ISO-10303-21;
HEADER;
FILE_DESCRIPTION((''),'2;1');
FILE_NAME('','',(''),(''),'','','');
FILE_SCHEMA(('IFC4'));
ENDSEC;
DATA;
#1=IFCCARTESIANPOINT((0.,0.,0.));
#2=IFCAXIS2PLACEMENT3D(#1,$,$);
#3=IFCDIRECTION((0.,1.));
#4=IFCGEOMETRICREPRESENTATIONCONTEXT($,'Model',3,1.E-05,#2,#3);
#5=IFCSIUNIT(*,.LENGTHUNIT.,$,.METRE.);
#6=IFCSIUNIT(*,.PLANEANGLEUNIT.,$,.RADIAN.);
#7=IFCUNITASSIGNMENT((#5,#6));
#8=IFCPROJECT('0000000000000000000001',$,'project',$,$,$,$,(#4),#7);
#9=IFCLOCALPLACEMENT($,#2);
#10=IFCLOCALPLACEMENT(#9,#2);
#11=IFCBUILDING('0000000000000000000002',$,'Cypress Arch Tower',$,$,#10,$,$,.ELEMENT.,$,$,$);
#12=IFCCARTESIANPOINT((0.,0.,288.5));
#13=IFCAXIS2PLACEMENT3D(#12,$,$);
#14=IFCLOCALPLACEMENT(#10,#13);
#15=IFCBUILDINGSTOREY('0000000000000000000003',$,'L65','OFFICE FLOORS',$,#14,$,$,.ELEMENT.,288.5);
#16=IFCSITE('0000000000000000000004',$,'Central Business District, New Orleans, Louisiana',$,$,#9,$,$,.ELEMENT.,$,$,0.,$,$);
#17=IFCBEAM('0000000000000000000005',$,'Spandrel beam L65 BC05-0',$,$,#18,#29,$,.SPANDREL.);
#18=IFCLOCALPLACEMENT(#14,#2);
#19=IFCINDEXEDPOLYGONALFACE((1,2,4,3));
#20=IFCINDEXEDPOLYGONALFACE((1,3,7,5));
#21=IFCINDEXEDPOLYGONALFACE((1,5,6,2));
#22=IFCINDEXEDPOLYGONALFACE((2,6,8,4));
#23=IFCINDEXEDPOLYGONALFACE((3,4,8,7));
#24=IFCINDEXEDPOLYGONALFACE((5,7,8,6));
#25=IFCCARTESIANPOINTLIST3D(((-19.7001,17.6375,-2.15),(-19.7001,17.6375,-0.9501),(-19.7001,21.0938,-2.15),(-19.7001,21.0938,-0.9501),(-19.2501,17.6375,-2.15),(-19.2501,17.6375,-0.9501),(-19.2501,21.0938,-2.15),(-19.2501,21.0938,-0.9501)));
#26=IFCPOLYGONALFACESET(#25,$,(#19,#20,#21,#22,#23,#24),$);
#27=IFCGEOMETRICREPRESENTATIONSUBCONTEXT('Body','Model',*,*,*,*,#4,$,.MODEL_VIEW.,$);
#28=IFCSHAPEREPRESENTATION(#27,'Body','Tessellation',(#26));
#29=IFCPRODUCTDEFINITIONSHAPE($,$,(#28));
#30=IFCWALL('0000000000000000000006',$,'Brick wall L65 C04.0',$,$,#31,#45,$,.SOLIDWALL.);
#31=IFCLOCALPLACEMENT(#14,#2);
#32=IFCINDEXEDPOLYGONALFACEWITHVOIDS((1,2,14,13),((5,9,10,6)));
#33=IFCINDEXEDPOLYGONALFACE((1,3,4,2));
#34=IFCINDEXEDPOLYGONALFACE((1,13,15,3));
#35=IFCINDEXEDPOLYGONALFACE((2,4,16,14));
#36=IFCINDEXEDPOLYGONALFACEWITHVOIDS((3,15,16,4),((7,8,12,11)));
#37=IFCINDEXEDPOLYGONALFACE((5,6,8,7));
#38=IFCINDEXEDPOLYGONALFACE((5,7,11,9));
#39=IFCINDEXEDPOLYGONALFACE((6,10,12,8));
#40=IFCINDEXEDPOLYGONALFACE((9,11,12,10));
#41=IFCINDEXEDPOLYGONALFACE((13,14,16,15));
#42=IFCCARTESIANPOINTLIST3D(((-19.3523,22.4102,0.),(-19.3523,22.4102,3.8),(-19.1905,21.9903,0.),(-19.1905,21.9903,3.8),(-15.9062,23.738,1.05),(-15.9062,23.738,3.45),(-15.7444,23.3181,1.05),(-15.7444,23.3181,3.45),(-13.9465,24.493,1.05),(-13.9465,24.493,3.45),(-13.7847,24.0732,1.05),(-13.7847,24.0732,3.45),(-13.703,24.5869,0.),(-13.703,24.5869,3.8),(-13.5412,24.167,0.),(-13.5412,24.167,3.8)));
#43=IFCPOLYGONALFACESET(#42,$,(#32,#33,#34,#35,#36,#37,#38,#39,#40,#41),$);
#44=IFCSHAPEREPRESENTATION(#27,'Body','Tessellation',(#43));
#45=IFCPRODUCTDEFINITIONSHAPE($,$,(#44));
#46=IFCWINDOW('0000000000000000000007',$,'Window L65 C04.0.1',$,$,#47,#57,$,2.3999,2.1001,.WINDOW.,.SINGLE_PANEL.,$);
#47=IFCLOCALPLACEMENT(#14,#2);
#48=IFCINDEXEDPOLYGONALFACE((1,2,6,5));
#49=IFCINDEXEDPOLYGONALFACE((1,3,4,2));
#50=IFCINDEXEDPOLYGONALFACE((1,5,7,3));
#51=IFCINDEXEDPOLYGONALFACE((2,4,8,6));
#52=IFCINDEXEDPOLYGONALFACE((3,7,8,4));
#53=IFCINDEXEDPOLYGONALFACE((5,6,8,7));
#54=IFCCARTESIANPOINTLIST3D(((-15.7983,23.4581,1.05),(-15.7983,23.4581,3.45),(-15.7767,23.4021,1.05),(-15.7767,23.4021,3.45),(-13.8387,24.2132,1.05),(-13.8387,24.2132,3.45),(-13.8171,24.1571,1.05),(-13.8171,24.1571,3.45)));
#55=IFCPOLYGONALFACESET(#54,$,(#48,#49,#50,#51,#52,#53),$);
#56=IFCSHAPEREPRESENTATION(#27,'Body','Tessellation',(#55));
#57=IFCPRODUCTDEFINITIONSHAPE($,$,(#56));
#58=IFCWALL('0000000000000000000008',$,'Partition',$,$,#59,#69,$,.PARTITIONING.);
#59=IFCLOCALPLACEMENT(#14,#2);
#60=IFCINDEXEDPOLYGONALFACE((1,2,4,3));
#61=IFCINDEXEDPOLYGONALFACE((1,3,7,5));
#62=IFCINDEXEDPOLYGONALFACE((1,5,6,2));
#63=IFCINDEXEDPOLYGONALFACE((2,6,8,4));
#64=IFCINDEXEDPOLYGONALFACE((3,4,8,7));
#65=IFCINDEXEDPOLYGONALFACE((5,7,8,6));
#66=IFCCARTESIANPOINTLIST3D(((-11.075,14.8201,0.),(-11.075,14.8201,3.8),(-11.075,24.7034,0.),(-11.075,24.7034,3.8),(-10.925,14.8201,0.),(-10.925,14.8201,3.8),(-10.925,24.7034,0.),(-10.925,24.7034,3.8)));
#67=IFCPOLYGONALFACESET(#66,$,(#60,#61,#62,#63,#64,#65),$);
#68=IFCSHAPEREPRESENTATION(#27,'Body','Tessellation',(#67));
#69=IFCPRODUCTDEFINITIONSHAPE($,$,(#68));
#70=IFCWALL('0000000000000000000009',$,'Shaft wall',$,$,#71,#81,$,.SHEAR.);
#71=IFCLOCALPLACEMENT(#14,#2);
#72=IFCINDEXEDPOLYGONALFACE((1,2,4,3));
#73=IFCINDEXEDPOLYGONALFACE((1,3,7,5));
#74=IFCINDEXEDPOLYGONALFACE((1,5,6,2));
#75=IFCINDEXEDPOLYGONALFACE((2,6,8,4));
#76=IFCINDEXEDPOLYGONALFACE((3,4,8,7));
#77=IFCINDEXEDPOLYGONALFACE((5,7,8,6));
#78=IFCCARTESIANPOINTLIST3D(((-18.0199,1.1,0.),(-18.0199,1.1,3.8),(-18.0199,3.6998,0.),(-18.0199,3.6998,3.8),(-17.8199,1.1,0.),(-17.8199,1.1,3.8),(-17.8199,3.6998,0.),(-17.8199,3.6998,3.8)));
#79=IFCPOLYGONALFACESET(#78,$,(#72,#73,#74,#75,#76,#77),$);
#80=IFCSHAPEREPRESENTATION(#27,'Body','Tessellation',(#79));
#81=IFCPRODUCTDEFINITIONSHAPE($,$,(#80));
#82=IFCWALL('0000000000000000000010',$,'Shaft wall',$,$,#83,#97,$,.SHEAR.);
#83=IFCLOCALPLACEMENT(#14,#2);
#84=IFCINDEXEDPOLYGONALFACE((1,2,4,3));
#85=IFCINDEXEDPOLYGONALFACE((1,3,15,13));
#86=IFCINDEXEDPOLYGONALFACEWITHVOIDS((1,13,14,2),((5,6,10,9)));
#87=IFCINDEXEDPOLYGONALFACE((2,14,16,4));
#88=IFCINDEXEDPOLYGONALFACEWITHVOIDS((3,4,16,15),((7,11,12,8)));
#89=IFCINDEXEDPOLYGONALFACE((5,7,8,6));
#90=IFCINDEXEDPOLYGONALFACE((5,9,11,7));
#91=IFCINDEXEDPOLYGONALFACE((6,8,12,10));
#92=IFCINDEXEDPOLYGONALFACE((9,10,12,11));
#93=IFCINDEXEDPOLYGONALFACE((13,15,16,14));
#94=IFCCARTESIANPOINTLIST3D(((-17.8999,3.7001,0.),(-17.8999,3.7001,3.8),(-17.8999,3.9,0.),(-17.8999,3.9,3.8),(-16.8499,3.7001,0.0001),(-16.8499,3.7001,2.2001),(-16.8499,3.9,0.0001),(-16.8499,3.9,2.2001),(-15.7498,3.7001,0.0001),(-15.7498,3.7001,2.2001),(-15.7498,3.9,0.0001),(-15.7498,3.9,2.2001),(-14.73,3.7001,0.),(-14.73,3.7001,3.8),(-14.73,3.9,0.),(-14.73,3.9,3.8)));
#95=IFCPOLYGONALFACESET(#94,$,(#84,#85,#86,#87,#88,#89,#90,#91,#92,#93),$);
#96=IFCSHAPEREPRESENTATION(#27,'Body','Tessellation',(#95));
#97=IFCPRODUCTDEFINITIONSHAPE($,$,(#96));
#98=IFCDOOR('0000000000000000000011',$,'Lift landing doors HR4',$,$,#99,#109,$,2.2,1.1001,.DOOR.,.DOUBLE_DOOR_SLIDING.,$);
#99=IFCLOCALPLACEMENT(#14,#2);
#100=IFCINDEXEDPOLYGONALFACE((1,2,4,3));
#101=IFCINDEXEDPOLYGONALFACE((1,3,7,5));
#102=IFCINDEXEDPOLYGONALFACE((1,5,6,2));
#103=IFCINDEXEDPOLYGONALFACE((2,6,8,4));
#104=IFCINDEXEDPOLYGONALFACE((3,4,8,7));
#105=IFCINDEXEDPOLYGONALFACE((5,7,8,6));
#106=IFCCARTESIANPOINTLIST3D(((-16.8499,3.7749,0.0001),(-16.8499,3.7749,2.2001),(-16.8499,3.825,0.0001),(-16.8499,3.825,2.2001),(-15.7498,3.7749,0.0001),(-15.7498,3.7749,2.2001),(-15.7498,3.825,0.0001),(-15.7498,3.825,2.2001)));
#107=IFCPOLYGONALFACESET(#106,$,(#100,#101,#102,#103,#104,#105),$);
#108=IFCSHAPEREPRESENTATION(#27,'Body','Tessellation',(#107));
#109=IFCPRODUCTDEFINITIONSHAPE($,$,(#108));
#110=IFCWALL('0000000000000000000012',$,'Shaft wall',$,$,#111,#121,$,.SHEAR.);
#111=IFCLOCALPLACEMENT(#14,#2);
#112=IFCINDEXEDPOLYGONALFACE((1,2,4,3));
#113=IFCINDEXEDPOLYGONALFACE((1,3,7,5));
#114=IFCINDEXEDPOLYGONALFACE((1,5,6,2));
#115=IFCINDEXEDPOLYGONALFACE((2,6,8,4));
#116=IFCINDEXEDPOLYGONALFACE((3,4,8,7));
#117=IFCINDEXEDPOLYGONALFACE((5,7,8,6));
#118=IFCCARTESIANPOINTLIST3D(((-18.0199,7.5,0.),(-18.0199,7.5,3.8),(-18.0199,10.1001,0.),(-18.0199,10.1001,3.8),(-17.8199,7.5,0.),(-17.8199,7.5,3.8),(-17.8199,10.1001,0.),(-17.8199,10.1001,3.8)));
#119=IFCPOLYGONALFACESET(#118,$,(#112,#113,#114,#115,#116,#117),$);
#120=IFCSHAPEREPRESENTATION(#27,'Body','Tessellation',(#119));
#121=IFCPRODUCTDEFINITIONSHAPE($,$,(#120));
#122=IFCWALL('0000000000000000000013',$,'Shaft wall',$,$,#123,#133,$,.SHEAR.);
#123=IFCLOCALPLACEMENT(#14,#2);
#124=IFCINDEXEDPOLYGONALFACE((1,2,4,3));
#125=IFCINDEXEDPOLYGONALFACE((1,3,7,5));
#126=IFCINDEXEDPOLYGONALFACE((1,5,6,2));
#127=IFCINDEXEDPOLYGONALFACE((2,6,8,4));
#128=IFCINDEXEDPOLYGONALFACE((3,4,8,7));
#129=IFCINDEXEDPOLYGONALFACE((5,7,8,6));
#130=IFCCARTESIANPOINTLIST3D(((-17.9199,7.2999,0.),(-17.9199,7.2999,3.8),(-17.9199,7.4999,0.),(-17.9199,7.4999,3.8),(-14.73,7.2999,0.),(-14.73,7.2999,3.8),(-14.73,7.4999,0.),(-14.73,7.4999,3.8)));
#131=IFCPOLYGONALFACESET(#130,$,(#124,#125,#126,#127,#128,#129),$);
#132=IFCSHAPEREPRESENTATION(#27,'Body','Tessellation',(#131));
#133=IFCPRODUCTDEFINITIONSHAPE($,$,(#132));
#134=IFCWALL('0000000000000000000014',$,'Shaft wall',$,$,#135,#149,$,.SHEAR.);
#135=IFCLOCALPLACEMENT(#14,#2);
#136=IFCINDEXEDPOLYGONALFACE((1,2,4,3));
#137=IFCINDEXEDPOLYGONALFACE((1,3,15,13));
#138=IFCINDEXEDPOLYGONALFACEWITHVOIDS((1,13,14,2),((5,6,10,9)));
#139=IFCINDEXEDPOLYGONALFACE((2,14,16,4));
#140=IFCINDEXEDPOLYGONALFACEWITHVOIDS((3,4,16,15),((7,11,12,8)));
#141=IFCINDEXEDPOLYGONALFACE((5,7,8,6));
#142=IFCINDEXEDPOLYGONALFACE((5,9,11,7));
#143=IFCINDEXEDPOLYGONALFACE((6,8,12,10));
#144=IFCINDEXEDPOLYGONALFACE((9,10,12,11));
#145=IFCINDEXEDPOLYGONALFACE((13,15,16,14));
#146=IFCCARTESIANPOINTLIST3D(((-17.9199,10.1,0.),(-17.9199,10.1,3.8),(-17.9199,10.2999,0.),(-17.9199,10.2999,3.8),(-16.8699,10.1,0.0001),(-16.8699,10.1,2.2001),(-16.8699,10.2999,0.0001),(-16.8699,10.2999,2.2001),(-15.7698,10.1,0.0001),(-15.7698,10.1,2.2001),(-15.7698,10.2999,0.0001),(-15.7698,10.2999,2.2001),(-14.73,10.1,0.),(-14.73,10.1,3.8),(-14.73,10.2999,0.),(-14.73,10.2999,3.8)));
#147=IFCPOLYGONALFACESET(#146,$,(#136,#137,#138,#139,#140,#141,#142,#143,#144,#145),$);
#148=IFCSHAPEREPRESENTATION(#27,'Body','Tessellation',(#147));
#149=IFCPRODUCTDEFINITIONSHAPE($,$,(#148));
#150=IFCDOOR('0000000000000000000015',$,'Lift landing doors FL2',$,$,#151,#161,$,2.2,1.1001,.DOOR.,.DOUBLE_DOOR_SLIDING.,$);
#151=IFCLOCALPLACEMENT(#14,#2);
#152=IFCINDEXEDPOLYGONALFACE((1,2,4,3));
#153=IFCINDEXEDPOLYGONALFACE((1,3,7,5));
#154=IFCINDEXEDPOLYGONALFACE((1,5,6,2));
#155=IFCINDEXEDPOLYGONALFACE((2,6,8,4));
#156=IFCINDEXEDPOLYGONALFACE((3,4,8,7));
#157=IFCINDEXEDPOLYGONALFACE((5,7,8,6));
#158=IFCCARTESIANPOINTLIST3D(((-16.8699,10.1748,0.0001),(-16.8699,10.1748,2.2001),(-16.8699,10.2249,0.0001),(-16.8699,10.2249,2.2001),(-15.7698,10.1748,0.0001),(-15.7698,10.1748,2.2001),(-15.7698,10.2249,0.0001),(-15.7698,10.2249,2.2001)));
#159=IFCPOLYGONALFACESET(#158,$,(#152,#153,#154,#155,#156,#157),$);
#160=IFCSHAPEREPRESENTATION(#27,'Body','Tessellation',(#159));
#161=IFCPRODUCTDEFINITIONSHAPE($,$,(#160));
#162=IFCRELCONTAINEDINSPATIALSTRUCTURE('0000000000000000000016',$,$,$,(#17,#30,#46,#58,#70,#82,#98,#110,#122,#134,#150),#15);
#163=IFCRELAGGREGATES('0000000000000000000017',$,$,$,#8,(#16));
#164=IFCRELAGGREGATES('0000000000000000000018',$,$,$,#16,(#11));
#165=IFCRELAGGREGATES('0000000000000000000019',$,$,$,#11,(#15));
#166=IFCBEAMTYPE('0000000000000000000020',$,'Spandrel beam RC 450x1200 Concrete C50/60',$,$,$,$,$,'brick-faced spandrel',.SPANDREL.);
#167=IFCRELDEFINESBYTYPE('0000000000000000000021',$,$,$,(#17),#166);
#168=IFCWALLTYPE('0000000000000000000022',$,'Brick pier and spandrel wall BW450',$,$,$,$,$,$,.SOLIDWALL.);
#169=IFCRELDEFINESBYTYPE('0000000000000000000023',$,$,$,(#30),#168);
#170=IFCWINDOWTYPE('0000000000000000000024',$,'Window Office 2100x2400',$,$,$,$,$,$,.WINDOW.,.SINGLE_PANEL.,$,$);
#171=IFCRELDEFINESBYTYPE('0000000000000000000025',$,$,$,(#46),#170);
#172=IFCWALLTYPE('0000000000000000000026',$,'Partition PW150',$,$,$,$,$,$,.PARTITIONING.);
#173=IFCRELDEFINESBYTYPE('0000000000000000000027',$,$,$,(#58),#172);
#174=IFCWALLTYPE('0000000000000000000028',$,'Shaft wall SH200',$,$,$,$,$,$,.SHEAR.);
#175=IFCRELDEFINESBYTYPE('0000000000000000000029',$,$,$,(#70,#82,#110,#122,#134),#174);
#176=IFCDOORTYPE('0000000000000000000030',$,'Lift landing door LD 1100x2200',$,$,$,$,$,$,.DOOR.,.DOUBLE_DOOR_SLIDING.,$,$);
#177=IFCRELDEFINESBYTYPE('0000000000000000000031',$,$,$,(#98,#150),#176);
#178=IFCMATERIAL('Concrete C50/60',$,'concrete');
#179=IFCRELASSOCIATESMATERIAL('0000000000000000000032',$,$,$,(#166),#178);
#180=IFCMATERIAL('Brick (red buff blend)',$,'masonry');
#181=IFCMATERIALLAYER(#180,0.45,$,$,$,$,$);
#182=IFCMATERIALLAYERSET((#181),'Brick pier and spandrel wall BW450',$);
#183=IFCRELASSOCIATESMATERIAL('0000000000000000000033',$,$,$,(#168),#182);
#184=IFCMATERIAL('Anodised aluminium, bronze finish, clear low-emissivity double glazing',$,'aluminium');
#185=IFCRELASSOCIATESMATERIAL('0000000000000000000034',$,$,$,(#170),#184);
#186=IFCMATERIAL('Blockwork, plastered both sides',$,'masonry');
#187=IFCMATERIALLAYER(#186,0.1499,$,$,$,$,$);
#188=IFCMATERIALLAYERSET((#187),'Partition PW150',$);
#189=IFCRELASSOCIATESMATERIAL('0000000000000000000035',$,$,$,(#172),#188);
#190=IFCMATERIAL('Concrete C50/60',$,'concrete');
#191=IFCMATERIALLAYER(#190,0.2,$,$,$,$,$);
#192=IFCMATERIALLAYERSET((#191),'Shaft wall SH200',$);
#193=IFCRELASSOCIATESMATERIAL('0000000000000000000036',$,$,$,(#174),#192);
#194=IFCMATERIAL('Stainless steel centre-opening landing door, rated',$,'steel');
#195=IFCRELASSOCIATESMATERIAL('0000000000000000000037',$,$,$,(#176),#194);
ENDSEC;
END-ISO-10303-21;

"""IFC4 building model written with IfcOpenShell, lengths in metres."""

from ifc_helpers import new_model, si_unit, direction, frame, frame_2d, origin, origin_2d, place, context, subcontext, project, spatial, rectangle, extrude, material, layer, layer_set, material_profile, profile_set, type_object, element, fill, save


model = new_model("IFC4")

# Units and contexts
model_context = context("Model", 3, precision=1e-05, world=origin(), true_north=direction((0.0, 1.0)))
body_context = subcontext(model_context, "Body", "Model", "MODEL_VIEW")
ifc_project = project(units=[si_unit("LENGTHUNIT", "METRE"), si_unit("PLANEANGLEUNIT", "RADIAN")], contexts=[model_context])

# Site, building, storey
site_placement = place(None, origin())
site = spatial("IfcSite", under=ifc_project, at=site_placement, Name="Central Business District, New Orleans, Louisiana", CompositionType="ELEMENT", RefElevation=0.0)
building_placement = place(site_placement, origin())
building = spatial("IfcBuilding", under=site, at=building_placement, Name="Cypress Arch Tower", CompositionType="ELEMENT")
storey_placement = place(building_placement, frame((0.0, 0.0, 288.5)))
storey = spatial("IfcBuildingStorey", under=building, at=storey_placement, Name="L65", Description="OFFICE FLOORS", CompositionType="ELEMENT", Elevation=288.5)

# Beam
ifc_material_1 = material(Name="Concrete C50/60", Category="concrete")
ifc_material_profile_1 = material_profile(ifc_material_1, rectangle(XDim=0.45, YDim=1.2, at=origin_2d()), Name="RC 450x1200")
ifc_profile_set_1 = profile_set([ifc_material_profile_1], Name="Concrete C50/60")
beam_type_1 = type_object("IfcBeamType", Name="Spandrel beam RC 450x1200 Concrete C50/60", ElementType="brick-faced spandrel", PredefinedType="SPANDREL", material=ifc_profile_set_1)
beam_1_placement = place(storey_placement, frame((-19.4751, 21.0938, -1.55), z_axis=(0.0, -1.0, 0.0), x_axis=(1.0, 0.0, 0.0)))
element("IfcBeam", 1, at=beam_1_placement, inside=storey, type_object=beam_type_1, Name="Spandrel beam L65 BC05-0", PredefinedType="SPANDREL", context=body_context, shape_type="SweptSolid", body=[
    extrude(rectangle(XDim=0.45, YDim=1.2, at=origin_2d()), origin(), (0.0, 0.0, 1.0), 3.4563),
])

# Wall, opening, window
ifc_material_2 = material(Name="Brick (red buff blend)", Category="masonry")
ifc_layer_1 = layer(ifc_material_2, 0.45)
ifc_layer_set_1 = layer_set([ifc_layer_1], Name="Brick pier and spandrel wall BW450")
wall_type_1 = type_object("IfcWallType", Name="Brick pier and spandrel wall BW450", PredefinedType="SOLIDWALL", material=ifc_layer_set_1)
wall_1_placement = place(storey_placement, frame((-13.6221, 24.377, 0.0), z_axis=(0.0, 0.0, 1.0), x_axis=(-0.933129, -0.359541, 0.0)))
wall_1 = element("IfcWall", 2, at=wall_1_placement, inside=storey, type_object=wall_type_1, Name="Brick wall L65 C04.0", PredefinedType="SOLIDWALL", context=body_context, shape_type="SweptSolid", body=[
    extrude(rectangle(XDim=6.0542, YDim=0.45, at=frame_2d((3.0271, 0.0))), origin(), (0.0, 0.0, 1.0), 3.8),
])
opening_1_placement = place(wall_1_placement, frame((0.261, 0.0, 1.05)))
opening_1 = element("IfcOpeningElement", 3, at=opening_1_placement, cuts=wall_1, PredefinedType="OPENING", context=body_context, shape_type="SweptSolid", body=[
    extrude(rectangle(XDim=2.1001, YDim=2.3999, at=frame_2d((1.05, 1.2))), frame((0.0, 0.2349, 0.0), z_axis=(0.0, -1.0, 0.0), x_axis=(1.0, 0.0, 0.0)), (0.0, 0.0, 1.0), 0.47),
])
ifc_material_3 = material(Name="Anodised aluminium, bronze finish, clear low-emissivity double glazing", Category="aluminium")
window_type = type_object("IfcWindowType", Name="Window Office 2100x2400", PartitioningType="SINGLE_PANEL", PredefinedType="WINDOW", material=ifc_material_3)
window_placement = place(opening_1_placement, origin())
window = element("IfcWindow", 4, at=window_placement, inside=storey, type_object=window_type, Name="Window L65 C04.0.1", OverallHeight=2.3999, OverallWidth=2.1001, PartitioningType="SINGLE_PANEL", PredefinedType="WINDOW", context=body_context, shape_type="SweptSolid", body=[
    extrude(rectangle(XDim=2.1001, YDim=2.3999, at=frame_2d((1.05, 1.2))), frame((0.0, 0.135, 0.0), z_axis=(0.0, -1.0, 0.0), x_axis=(1.0, 0.0, 0.0)), (0.0, 0.0, 1.0), 0.0601),
])
fill(opening_1, window)

# Walls
ifc_material_4 = material(Name="Blockwork, plastered both sides", Category="masonry")
ifc_layer_2 = layer(ifc_material_4, 0.1499)
ifc_layer_set_2 = layer_set([ifc_layer_2], Name="Partition PW150")
wall_type_2 = type_object("IfcWallType", Name="Partition PW150", PredefinedType="PARTITIONING", material=ifc_layer_set_2)
wall_2_placement = place(storey_placement, frame((-11.0, 14.8201, 0.0), z_axis=(0.0, 0.0, 1.0), x_axis=(0.0, 1.0, 0.0)))
element("IfcWall", 5, at=wall_2_placement, inside=storey, type_object=wall_type_2, Name="Partition", PredefinedType="PARTITIONING", context=body_context, shape_type="SweptSolid", body=[
    extrude(rectangle(XDim=9.8833, YDim=0.1499, at=frame_2d((4.9417, 0.0))), origin(), (0.0, 0.0, 1.0), 3.8),
])
ifc_material_5 = material(Name="Concrete C50/60", Category="concrete")
ifc_layer_3 = layer(ifc_material_5, 0.2)
ifc_layer_set_3 = layer_set([ifc_layer_3], Name="Shaft wall SH200")
wall_type_3 = type_object("IfcWallType", Name="Shaft wall SH200", PredefinedType="SHEAR", material=ifc_layer_set_3)
wall_3_placement = place(storey_placement, frame((-17.9199, 1.1001, 0.0), z_axis=(0.0, 0.0, 1.0), x_axis=(0.0, 1.0, 0.0)))
element("IfcWall", 6, at=wall_3_placement, inside=storey, type_object=wall_type_3, Name="Shaft wall", PredefinedType="SHEAR", context=body_context, shape_type="SweptSolid", body=[
    extrude(rectangle(XDim=2.5999, YDim=0.2, at=frame_2d((1.2998, 0.0))), origin(), (0.0, 0.0, 1.0), 3.8),
])

# Wall, opening, door
wall_4_placement = place(storey_placement, frame((-17.8999, 3.8, 0.0), z_axis=(0.0, 0.0, 1.0), x_axis=(1.0, 0.0, 0.0)))
wall_4 = element("IfcWall", 7, at=wall_4_placement, inside=storey, type_object=wall_type_3, Name="Shaft wall", PredefinedType="SHEAR", context=body_context, shape_type="SweptSolid", body=[
    extrude(rectangle(XDim=3.1699, YDim=0.2, at=frame_2d((1.585, 0.0))), origin(), (0.0, 0.0, 1.0), 3.8),
])
opening_2_placement = place(wall_4_placement, frame((1.05, 0.0, 0.0)))
opening_2 = element("IfcOpeningElement", 8, at=opening_2_placement, cuts=wall_4, PredefinedType="OPENING", context=body_context, shape_type="SweptSolid", body=[
    extrude(rectangle(XDim=1.1001, YDim=2.2, at=frame_2d((0.55, 1.1001))), frame((0.0, 0.1099, 0.0), z_axis=(0.0, -1.0, 0.0), x_axis=(1.0, 0.0, 0.0)), (0.0, 0.0, 1.0), 0.22),
])
ifc_material_6 = material(Name="Stainless steel centre-opening landing door, rated", Category="steel")
door_type = type_object("IfcDoorType", Name="Lift landing door LD 1100x2200", OperationType="DOUBLE_DOOR_SLIDING", PredefinedType="DOOR", material=ifc_material_6)
door_1_placement = place(opening_2_placement, origin())
door_1 = element("IfcDoor", 9, at=door_1_placement, inside=storey, type_object=door_type, Name="Lift landing doors HR4", OperationType="DOUBLE_DOOR_SLIDING", OverallHeight=2.2, OverallWidth=1.1001, PredefinedType="DOOR", context=body_context, shape_type="SweptSolid", body=[
    extrude(rectangle(XDim=1.1001, YDim=2.2, at=frame_2d((0.55, 1.1001))), frame((0.0, 0.0249, 0.0), z_axis=(0.0, -1.0, 0.0), x_axis=(1.0, 0.0, 0.0)), (0.0, 0.0, 1.0), 0.05),
])
fill(opening_2, door_1)

# Walls
wall_5_placement = place(storey_placement, frame((-17.9199, 7.5, 0.0), z_axis=(0.0, 0.0, 1.0), x_axis=(0.0, 1.0, 0.0)))
element("IfcWall", 10, at=wall_5_placement, inside=storey, type_object=wall_type_3, Name="Shaft wall", PredefinedType="SHEAR", context=body_context, shape_type="SweptSolid", body=[
    extrude(rectangle(XDim=2.6001, YDim=0.2, at=frame_2d((1.3, 0.0))), origin(), (0.0, 0.0, 1.0), 3.8),
])
wall_6_placement = place(storey_placement, frame((-17.9199, 7.3999, 0.0), z_axis=(0.0, 0.0, 1.0), x_axis=(1.0, 0.0, 0.0)))
element("IfcWall", 11, at=wall_6_placement, inside=storey, type_object=wall_type_3, Name="Shaft wall", PredefinedType="SHEAR", context=body_context, shape_type="SweptSolid", body=[
    extrude(rectangle(XDim=3.1899, YDim=0.2, at=frame_2d((1.595, 0.0))), origin(), (0.0, 0.0, 1.0), 3.8),
])

# Wall, opening, door
wall_7_placement = place(storey_placement, frame((-17.9199, 10.2, 0.0), z_axis=(0.0, 0.0, 1.0), x_axis=(1.0, 0.0, 0.0)))
wall_7 = element("IfcWall", 12, at=wall_7_placement, inside=storey, type_object=wall_type_3, Name="Shaft wall", PredefinedType="SHEAR", context=body_context, shape_type="SweptSolid", body=[
    extrude(rectangle(XDim=3.1899, YDim=0.2, at=frame_2d((1.595, 0.0))), origin(), (0.0, 0.0, 1.0), 3.8),
])
opening_3_placement = place(wall_7_placement, frame((1.05, 0.0, 0.0)))
opening_3 = element("IfcOpeningElement", 13, at=opening_3_placement, cuts=wall_7, PredefinedType="OPENING", context=body_context, shape_type="SweptSolid", body=[
    extrude(rectangle(XDim=1.1001, YDim=2.2, at=frame_2d((0.55, 1.1001))), frame((0.0, 0.1099, 0.0), z_axis=(0.0, -1.0, 0.0), x_axis=(1.0, 0.0, 0.0)), (0.0, 0.0, 1.0), 0.22),
])
door_2_placement = place(opening_3_placement, origin())
door_2 = element("IfcDoor", 14, at=door_2_placement, inside=storey, type_object=door_type, Name="Lift landing doors FL2", OperationType="DOUBLE_DOOR_SLIDING", OverallHeight=2.2, OverallWidth=1.1001, PredefinedType="DOOR", context=body_context, shape_type="SweptSolid", body=[
    extrude(rectangle(XDim=1.1001, YDim=2.2, at=frame_2d((0.55, 1.1001))), frame((0.0, 0.0249, 0.0), z_axis=(0.0, -1.0, 0.0), x_axis=(1.0, 0.0, 0.0)), (0.0, 0.0, 1.0), 0.05),
])
fill(opening_3, door_2)

save(model, "model.ifc")
